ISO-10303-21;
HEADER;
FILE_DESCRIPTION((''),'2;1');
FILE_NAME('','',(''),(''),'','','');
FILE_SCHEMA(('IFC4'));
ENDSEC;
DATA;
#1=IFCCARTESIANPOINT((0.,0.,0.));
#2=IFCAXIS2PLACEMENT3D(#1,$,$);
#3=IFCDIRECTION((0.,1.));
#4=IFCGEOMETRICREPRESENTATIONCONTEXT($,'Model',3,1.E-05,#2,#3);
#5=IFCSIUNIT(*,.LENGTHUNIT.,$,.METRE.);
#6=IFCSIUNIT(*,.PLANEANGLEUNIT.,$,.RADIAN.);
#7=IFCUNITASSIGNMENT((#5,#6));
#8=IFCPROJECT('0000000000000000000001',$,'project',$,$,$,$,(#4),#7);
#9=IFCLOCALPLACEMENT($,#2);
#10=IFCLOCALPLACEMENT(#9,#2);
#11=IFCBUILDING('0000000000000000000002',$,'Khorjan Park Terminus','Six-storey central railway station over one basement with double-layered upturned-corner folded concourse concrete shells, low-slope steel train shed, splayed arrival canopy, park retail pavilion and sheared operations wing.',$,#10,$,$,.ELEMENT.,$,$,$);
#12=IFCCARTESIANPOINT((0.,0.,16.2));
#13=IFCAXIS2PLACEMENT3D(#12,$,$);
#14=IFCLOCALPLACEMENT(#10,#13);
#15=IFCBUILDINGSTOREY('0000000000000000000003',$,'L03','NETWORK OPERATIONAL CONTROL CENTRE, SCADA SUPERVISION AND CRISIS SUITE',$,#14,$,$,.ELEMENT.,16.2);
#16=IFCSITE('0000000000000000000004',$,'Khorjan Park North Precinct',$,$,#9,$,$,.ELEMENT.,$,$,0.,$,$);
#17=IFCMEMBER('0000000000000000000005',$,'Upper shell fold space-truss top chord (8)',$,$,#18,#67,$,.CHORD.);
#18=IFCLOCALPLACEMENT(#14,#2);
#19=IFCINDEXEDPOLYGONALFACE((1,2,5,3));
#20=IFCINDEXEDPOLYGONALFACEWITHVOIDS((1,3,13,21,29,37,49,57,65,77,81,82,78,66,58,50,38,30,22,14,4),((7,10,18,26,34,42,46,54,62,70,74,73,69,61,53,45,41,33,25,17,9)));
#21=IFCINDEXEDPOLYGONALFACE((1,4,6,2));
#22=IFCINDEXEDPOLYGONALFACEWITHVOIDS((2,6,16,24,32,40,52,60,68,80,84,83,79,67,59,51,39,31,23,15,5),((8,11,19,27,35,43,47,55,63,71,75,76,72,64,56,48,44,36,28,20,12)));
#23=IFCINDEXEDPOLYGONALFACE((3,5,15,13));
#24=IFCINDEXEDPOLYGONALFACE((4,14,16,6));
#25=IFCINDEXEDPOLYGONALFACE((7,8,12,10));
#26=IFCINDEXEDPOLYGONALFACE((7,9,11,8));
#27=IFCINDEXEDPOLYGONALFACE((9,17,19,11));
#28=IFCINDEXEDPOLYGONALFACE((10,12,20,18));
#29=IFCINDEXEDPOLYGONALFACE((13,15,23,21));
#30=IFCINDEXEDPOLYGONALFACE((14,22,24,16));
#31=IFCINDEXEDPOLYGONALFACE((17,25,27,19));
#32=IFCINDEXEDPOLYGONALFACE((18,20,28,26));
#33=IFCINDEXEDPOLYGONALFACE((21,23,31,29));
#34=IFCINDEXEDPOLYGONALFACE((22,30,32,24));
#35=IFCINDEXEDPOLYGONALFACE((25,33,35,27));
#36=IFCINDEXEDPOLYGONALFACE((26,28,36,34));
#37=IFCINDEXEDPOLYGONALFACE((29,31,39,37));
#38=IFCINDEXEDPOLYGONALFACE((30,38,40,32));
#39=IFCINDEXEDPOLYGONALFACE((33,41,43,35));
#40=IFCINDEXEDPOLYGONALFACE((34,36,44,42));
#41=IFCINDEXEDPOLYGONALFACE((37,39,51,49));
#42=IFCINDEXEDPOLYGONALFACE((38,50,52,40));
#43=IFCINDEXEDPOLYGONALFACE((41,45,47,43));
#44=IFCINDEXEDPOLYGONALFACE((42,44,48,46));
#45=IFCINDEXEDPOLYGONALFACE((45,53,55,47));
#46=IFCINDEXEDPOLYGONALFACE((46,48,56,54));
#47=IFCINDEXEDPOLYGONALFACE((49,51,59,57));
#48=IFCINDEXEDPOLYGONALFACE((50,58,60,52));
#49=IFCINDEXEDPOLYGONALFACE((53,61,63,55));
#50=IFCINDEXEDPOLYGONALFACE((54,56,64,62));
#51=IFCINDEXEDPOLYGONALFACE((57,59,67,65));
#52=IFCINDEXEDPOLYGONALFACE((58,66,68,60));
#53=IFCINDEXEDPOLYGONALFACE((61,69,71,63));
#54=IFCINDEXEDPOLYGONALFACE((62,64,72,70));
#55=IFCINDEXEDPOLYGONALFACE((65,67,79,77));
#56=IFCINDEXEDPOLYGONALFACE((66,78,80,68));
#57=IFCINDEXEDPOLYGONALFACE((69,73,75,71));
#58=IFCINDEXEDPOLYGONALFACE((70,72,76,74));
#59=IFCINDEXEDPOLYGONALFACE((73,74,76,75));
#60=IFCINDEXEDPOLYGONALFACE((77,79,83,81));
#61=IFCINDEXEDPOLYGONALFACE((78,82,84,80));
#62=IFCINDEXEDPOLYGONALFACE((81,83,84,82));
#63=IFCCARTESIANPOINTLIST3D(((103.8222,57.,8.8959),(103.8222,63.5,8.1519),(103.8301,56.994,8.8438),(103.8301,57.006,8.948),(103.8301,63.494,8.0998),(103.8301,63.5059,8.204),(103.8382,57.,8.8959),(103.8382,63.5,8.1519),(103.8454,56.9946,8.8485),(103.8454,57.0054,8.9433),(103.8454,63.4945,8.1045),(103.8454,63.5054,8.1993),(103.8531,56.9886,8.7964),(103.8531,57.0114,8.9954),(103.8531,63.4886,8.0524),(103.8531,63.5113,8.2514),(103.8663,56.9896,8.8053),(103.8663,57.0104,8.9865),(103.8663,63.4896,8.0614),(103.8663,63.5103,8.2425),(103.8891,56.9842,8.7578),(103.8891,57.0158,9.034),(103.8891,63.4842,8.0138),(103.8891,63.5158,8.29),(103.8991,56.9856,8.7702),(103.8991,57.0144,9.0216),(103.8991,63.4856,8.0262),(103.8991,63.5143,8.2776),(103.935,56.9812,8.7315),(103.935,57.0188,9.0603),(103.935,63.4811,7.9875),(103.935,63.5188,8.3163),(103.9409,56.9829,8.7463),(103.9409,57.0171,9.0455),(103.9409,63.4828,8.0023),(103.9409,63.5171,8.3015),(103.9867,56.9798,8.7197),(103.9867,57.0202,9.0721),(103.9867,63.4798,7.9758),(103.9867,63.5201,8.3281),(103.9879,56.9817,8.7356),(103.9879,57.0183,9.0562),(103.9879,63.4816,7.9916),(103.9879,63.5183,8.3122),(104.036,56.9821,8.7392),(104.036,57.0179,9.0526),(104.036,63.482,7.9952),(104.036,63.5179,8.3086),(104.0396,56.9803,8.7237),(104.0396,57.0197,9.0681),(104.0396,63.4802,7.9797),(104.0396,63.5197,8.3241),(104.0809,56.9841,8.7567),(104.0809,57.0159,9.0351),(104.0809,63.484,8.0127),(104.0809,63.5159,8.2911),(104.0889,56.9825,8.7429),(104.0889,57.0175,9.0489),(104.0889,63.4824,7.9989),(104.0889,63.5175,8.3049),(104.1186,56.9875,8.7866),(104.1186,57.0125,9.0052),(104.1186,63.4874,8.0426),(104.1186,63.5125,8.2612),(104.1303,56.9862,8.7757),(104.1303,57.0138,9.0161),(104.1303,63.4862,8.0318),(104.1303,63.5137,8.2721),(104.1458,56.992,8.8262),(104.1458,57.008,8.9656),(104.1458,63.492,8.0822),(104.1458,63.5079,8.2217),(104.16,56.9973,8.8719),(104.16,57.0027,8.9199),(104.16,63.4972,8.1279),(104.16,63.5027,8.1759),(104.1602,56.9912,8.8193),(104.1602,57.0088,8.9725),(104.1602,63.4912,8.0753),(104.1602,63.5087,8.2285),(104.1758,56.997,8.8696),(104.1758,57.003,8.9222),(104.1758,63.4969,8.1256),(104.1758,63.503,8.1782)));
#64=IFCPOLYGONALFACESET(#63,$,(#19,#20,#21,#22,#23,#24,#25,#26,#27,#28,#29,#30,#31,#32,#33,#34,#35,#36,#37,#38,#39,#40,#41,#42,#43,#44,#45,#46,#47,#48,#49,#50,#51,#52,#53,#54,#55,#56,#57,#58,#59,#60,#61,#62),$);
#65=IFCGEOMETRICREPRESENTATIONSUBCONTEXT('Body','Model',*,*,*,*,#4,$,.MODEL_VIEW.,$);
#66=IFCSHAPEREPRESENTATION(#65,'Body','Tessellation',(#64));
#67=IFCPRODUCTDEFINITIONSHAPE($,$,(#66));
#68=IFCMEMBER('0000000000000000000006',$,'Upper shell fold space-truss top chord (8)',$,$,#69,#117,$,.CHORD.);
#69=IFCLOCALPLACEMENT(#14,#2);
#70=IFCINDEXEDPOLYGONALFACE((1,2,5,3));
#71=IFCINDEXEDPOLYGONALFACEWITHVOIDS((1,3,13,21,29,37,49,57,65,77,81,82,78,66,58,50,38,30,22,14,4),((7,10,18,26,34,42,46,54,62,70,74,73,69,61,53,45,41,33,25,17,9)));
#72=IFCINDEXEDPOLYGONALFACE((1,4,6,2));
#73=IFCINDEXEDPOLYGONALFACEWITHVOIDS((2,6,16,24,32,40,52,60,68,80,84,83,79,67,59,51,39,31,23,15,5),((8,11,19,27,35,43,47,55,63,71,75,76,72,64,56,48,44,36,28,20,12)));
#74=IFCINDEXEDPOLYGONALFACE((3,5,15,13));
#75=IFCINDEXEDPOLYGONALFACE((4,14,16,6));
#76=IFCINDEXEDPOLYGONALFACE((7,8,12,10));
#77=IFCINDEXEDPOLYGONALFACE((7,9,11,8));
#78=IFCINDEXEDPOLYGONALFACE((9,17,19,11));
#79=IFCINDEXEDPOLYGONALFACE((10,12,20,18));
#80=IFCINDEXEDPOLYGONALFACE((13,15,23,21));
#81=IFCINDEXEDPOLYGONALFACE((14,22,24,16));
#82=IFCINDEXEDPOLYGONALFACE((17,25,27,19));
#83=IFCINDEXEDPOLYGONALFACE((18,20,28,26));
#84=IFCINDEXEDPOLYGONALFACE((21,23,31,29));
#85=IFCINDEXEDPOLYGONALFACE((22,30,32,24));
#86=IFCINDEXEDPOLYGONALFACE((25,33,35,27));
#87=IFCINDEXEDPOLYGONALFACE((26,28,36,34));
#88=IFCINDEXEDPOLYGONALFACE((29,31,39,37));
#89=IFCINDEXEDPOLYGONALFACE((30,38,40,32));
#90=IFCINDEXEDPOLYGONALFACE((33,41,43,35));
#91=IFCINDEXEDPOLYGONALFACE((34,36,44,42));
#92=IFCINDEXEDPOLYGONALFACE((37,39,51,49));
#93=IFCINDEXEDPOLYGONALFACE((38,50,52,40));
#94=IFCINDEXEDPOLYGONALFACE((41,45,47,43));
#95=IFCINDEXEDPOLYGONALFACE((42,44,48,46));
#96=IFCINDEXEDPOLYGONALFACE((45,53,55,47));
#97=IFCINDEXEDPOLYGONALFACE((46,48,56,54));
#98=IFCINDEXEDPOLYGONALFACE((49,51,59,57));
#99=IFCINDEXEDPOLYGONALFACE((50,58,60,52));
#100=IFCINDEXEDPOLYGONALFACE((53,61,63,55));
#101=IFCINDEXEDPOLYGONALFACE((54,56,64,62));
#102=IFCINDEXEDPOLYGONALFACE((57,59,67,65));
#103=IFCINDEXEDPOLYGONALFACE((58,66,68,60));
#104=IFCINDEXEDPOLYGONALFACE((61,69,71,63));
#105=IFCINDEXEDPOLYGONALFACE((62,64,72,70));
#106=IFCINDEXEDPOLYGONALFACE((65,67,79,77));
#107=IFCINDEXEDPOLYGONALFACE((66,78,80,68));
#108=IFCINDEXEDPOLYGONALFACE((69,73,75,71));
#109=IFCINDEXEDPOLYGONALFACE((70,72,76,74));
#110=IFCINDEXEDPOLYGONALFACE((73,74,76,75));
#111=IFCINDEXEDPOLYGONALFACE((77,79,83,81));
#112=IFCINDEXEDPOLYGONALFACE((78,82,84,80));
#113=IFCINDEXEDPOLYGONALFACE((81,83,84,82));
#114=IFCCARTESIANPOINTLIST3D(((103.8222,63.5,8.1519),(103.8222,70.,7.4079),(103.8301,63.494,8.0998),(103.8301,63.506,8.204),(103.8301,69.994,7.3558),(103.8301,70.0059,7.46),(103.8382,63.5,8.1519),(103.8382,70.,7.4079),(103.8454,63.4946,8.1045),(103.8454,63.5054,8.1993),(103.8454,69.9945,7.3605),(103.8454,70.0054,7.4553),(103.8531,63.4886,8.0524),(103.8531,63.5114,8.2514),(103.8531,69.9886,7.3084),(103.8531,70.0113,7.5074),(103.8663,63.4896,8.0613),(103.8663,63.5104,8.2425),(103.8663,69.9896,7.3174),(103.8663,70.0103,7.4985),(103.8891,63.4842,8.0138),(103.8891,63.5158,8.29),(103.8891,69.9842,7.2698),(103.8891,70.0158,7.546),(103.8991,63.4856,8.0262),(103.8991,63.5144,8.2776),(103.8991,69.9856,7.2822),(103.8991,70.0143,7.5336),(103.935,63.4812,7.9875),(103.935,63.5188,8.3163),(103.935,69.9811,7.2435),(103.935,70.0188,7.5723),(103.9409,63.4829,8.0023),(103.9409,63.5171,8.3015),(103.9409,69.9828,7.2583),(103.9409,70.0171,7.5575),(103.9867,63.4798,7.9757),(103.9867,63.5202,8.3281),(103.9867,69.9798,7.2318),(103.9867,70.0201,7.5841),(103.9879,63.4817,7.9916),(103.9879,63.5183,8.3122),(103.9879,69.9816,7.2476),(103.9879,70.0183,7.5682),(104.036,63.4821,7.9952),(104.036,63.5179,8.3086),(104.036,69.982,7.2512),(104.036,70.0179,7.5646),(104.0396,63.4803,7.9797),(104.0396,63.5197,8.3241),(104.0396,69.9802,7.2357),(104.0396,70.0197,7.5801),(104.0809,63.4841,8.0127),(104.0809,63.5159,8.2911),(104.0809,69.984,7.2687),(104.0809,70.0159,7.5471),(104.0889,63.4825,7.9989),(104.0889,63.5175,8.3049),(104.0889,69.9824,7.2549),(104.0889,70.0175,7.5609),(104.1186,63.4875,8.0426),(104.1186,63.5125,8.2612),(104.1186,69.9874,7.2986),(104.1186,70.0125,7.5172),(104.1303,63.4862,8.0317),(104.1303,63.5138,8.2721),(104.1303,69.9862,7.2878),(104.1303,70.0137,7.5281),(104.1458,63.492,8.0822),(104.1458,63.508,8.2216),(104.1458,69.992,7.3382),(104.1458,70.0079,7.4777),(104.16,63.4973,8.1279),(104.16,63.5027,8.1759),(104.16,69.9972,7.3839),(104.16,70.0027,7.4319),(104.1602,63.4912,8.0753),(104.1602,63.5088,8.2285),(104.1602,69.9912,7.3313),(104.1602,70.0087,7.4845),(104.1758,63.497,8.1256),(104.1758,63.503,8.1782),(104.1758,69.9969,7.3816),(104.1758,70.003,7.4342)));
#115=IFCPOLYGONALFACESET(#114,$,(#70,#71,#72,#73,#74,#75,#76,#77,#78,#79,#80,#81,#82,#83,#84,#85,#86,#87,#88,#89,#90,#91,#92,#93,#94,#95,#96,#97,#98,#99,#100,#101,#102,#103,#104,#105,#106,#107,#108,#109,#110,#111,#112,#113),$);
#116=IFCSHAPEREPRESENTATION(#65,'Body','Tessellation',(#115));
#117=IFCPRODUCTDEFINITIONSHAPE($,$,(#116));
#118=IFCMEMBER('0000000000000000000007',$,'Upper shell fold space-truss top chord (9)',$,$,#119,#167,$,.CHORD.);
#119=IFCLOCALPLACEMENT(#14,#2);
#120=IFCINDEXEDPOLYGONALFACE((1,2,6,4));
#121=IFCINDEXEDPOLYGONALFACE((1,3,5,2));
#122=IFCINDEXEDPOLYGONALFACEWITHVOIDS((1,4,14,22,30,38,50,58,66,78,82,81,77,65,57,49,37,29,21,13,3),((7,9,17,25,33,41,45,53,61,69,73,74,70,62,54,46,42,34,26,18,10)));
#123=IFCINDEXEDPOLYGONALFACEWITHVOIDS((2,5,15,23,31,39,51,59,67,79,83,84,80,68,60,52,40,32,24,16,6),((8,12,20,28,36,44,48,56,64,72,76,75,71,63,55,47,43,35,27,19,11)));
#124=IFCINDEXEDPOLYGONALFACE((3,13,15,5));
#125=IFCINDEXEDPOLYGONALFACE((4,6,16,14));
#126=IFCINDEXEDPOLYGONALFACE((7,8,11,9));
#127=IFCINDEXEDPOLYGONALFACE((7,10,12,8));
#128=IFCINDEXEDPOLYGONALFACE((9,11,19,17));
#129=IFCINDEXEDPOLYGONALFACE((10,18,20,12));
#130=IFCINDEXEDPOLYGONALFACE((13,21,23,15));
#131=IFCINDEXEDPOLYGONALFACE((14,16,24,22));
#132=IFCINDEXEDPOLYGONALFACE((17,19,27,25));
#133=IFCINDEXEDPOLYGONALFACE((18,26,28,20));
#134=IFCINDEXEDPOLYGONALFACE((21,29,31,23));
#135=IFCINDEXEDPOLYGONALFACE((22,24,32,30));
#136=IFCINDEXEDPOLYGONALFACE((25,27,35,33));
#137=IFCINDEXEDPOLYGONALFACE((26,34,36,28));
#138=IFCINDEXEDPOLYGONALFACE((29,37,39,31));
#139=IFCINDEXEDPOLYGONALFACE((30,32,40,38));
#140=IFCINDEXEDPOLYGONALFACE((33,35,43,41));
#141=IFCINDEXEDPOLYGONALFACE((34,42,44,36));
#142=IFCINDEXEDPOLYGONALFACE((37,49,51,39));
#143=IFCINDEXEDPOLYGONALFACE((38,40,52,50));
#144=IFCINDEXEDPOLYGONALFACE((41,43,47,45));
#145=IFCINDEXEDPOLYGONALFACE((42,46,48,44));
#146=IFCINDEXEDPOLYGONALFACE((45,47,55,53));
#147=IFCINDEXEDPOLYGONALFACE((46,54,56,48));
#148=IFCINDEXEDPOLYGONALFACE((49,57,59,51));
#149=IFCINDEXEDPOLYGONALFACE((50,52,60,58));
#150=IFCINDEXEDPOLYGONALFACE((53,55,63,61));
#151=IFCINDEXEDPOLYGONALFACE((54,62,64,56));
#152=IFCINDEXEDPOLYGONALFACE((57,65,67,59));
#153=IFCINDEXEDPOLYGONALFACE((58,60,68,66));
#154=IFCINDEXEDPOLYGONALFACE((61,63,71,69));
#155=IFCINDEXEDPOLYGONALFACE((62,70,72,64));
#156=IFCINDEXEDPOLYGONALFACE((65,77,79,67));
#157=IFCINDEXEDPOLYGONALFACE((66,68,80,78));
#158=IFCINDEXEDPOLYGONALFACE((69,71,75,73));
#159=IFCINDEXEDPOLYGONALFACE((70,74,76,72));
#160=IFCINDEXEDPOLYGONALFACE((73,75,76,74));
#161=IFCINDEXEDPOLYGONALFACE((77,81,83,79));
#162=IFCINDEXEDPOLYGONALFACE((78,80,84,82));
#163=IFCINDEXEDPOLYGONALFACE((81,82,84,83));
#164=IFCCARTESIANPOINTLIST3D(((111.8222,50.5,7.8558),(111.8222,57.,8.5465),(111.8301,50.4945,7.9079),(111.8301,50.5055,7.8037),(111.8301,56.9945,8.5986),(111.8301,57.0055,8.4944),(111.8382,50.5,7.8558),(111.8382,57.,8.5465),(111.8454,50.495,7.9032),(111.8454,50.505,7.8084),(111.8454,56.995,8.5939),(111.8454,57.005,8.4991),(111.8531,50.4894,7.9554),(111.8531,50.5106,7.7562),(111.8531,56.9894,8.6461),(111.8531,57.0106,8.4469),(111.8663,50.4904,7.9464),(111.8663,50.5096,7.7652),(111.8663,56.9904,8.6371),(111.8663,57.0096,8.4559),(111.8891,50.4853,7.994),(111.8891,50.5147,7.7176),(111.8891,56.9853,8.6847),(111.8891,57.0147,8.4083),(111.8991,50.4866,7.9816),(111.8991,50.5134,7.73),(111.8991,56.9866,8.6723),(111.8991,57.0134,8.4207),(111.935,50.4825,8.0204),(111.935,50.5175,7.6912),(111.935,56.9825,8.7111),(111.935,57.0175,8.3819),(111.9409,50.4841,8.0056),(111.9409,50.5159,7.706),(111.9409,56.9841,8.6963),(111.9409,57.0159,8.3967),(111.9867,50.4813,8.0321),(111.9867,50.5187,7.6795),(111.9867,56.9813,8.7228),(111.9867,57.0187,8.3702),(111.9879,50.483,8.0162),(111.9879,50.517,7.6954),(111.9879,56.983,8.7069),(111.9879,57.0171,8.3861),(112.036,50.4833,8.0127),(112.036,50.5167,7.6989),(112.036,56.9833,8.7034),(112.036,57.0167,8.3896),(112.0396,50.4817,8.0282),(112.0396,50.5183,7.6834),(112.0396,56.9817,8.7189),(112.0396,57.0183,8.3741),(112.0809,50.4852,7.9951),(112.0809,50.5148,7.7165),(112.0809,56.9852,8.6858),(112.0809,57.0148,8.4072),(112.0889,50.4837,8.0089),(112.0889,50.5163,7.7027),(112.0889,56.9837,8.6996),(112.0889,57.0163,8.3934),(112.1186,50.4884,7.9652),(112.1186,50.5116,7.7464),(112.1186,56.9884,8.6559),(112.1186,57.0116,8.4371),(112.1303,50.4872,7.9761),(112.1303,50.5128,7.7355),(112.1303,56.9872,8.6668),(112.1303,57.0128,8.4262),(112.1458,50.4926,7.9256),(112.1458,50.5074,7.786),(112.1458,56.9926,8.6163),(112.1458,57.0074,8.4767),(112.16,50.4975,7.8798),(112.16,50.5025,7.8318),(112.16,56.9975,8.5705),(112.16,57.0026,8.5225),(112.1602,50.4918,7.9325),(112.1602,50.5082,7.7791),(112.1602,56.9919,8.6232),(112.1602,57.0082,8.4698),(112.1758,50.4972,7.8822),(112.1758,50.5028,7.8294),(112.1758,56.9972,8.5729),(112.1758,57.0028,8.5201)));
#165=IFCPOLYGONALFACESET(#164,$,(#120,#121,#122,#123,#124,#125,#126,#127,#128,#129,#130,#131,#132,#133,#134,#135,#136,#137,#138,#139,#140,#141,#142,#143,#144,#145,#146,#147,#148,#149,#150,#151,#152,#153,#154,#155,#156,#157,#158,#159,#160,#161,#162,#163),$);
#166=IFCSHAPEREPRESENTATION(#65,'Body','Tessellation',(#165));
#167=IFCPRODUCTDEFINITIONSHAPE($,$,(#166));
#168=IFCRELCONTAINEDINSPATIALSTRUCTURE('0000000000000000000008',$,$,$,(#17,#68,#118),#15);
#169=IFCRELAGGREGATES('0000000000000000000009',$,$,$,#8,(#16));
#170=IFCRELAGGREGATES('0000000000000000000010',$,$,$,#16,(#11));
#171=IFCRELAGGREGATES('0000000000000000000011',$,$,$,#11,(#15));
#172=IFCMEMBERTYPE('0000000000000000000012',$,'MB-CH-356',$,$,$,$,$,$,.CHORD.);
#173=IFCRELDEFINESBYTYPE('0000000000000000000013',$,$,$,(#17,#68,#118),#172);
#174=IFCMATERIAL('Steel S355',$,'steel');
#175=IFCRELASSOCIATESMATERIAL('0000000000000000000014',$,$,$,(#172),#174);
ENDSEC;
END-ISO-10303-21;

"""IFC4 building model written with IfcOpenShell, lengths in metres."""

from ifc_helpers import new_model, si_unit, direction, frame, origin, origin_2d, place, context, subcontext, project, spatial, hollow_circle, extrude, material, material_profile, profile_set, type_object, element, save


model = new_model("IFC4")

# Units and contexts
model_context = context("Model", 3, precision=1e-05, world=origin(), true_north=direction((0.0, 1.0)))
body_context = subcontext(model_context, "Body", "Model", "MODEL_VIEW")
ifc_project = project(units=[si_unit("LENGTHUNIT", "METRE"), si_unit("PLANEANGLEUNIT", "RADIAN")], contexts=[model_context])

# Site, building, storey
site_placement = place(None, origin())
site = spatial("IfcSite", under=ifc_project, at=site_placement, Name="Khorjan Park North Precinct", CompositionType="ELEMENT", RefElevation=0.0)
building_placement = place(site_placement, origin())
building = spatial("IfcBuilding", under=site, at=building_placement, Name="Khorjan Park Terminus", Description="Six-storey central railway station over one basement with double-layered upturned-corner folded concourse concrete shells, low-slope steel train shed, splayed arrival canopy, park retail pavilion and sheared operations wing.", CompositionType="ELEMENT")
storey_placement = place(building_placement, frame((0.0, 0.0, 16.2)))
storey = spatial("IfcBuildingStorey", under=building, at=storey_placement, Name="L03", Description="NETWORK OPERATIONAL CONTROL CENTRE, SCADA SUPERVISION AND CRISIS SUITE", CompositionType="ELEMENT", Elevation=16.2)

# Members
ifc_material = material(Name="Steel S355", Category="steel")
ifc_material_profile_1 = material_profile(ifc_material, hollow_circle(Radius=0.1778, WallThickness=0.016, at=origin_2d()), Name="CHS 355.6x16")
ifc_profile_set_1 = profile_set([ifc_material_profile_1], Name="Steel S355")
member_type_1 = type_object("IfcMemberType", Name="MB-CH-356", PredefinedType="CHORD", material=ifc_profile_set_1)
for number, where, z_axis, x_axis, name in (
    (1, (104.0, 57.0, 8.8959), (0.0, 0.993513, -0.113719), (-1.0, 0.0, 0.0), "Upper shell fold space-truss top chord (8)"),
    (2, (104.0, 63.5, 8.1519), (0.0, 0.993513, -0.113719), (-1.0, 0.0, 0.0), "Upper shell fold space-truss top chord (8)"),
):
    element("IfcMember", number, at=place(storey_placement, frame(where, z_axis=z_axis, x_axis=x_axis)), inside=storey, type_object=member_type_1, Name=name, PredefinedType="CHORD", context=body_context, shape_type="SweptSolid", body=[
        extrude(hollow_circle(Radius=0.1778, WallThickness=0.016, at=origin_2d()), origin(), (0.0, 0.0, 1.0), 6.5424),
    ])
for number, where, z_axis, x_axis, name in (
    (3, (112.0, 50.5, 7.8558), (0.0, 0.994402, 0.105667), (-1.0, 0.0, 0.0), "Upper shell fold space-truss top chord (9)"),
):
    element("IfcMember", number, at=place(storey_placement, frame(where, z_axis=z_axis, x_axis=x_axis)), inside=storey, type_object=member_type_1, Name=name, PredefinedType="CHORD", context=body_context, shape_type="SweptSolid", body=[
        extrude(hollow_circle(Radius=0.1778, WallThickness=0.016, at=origin_2d()), origin(), (0.0, 0.0, 1.0), 6.5366),
    ])

save(model, "model.ifc")
